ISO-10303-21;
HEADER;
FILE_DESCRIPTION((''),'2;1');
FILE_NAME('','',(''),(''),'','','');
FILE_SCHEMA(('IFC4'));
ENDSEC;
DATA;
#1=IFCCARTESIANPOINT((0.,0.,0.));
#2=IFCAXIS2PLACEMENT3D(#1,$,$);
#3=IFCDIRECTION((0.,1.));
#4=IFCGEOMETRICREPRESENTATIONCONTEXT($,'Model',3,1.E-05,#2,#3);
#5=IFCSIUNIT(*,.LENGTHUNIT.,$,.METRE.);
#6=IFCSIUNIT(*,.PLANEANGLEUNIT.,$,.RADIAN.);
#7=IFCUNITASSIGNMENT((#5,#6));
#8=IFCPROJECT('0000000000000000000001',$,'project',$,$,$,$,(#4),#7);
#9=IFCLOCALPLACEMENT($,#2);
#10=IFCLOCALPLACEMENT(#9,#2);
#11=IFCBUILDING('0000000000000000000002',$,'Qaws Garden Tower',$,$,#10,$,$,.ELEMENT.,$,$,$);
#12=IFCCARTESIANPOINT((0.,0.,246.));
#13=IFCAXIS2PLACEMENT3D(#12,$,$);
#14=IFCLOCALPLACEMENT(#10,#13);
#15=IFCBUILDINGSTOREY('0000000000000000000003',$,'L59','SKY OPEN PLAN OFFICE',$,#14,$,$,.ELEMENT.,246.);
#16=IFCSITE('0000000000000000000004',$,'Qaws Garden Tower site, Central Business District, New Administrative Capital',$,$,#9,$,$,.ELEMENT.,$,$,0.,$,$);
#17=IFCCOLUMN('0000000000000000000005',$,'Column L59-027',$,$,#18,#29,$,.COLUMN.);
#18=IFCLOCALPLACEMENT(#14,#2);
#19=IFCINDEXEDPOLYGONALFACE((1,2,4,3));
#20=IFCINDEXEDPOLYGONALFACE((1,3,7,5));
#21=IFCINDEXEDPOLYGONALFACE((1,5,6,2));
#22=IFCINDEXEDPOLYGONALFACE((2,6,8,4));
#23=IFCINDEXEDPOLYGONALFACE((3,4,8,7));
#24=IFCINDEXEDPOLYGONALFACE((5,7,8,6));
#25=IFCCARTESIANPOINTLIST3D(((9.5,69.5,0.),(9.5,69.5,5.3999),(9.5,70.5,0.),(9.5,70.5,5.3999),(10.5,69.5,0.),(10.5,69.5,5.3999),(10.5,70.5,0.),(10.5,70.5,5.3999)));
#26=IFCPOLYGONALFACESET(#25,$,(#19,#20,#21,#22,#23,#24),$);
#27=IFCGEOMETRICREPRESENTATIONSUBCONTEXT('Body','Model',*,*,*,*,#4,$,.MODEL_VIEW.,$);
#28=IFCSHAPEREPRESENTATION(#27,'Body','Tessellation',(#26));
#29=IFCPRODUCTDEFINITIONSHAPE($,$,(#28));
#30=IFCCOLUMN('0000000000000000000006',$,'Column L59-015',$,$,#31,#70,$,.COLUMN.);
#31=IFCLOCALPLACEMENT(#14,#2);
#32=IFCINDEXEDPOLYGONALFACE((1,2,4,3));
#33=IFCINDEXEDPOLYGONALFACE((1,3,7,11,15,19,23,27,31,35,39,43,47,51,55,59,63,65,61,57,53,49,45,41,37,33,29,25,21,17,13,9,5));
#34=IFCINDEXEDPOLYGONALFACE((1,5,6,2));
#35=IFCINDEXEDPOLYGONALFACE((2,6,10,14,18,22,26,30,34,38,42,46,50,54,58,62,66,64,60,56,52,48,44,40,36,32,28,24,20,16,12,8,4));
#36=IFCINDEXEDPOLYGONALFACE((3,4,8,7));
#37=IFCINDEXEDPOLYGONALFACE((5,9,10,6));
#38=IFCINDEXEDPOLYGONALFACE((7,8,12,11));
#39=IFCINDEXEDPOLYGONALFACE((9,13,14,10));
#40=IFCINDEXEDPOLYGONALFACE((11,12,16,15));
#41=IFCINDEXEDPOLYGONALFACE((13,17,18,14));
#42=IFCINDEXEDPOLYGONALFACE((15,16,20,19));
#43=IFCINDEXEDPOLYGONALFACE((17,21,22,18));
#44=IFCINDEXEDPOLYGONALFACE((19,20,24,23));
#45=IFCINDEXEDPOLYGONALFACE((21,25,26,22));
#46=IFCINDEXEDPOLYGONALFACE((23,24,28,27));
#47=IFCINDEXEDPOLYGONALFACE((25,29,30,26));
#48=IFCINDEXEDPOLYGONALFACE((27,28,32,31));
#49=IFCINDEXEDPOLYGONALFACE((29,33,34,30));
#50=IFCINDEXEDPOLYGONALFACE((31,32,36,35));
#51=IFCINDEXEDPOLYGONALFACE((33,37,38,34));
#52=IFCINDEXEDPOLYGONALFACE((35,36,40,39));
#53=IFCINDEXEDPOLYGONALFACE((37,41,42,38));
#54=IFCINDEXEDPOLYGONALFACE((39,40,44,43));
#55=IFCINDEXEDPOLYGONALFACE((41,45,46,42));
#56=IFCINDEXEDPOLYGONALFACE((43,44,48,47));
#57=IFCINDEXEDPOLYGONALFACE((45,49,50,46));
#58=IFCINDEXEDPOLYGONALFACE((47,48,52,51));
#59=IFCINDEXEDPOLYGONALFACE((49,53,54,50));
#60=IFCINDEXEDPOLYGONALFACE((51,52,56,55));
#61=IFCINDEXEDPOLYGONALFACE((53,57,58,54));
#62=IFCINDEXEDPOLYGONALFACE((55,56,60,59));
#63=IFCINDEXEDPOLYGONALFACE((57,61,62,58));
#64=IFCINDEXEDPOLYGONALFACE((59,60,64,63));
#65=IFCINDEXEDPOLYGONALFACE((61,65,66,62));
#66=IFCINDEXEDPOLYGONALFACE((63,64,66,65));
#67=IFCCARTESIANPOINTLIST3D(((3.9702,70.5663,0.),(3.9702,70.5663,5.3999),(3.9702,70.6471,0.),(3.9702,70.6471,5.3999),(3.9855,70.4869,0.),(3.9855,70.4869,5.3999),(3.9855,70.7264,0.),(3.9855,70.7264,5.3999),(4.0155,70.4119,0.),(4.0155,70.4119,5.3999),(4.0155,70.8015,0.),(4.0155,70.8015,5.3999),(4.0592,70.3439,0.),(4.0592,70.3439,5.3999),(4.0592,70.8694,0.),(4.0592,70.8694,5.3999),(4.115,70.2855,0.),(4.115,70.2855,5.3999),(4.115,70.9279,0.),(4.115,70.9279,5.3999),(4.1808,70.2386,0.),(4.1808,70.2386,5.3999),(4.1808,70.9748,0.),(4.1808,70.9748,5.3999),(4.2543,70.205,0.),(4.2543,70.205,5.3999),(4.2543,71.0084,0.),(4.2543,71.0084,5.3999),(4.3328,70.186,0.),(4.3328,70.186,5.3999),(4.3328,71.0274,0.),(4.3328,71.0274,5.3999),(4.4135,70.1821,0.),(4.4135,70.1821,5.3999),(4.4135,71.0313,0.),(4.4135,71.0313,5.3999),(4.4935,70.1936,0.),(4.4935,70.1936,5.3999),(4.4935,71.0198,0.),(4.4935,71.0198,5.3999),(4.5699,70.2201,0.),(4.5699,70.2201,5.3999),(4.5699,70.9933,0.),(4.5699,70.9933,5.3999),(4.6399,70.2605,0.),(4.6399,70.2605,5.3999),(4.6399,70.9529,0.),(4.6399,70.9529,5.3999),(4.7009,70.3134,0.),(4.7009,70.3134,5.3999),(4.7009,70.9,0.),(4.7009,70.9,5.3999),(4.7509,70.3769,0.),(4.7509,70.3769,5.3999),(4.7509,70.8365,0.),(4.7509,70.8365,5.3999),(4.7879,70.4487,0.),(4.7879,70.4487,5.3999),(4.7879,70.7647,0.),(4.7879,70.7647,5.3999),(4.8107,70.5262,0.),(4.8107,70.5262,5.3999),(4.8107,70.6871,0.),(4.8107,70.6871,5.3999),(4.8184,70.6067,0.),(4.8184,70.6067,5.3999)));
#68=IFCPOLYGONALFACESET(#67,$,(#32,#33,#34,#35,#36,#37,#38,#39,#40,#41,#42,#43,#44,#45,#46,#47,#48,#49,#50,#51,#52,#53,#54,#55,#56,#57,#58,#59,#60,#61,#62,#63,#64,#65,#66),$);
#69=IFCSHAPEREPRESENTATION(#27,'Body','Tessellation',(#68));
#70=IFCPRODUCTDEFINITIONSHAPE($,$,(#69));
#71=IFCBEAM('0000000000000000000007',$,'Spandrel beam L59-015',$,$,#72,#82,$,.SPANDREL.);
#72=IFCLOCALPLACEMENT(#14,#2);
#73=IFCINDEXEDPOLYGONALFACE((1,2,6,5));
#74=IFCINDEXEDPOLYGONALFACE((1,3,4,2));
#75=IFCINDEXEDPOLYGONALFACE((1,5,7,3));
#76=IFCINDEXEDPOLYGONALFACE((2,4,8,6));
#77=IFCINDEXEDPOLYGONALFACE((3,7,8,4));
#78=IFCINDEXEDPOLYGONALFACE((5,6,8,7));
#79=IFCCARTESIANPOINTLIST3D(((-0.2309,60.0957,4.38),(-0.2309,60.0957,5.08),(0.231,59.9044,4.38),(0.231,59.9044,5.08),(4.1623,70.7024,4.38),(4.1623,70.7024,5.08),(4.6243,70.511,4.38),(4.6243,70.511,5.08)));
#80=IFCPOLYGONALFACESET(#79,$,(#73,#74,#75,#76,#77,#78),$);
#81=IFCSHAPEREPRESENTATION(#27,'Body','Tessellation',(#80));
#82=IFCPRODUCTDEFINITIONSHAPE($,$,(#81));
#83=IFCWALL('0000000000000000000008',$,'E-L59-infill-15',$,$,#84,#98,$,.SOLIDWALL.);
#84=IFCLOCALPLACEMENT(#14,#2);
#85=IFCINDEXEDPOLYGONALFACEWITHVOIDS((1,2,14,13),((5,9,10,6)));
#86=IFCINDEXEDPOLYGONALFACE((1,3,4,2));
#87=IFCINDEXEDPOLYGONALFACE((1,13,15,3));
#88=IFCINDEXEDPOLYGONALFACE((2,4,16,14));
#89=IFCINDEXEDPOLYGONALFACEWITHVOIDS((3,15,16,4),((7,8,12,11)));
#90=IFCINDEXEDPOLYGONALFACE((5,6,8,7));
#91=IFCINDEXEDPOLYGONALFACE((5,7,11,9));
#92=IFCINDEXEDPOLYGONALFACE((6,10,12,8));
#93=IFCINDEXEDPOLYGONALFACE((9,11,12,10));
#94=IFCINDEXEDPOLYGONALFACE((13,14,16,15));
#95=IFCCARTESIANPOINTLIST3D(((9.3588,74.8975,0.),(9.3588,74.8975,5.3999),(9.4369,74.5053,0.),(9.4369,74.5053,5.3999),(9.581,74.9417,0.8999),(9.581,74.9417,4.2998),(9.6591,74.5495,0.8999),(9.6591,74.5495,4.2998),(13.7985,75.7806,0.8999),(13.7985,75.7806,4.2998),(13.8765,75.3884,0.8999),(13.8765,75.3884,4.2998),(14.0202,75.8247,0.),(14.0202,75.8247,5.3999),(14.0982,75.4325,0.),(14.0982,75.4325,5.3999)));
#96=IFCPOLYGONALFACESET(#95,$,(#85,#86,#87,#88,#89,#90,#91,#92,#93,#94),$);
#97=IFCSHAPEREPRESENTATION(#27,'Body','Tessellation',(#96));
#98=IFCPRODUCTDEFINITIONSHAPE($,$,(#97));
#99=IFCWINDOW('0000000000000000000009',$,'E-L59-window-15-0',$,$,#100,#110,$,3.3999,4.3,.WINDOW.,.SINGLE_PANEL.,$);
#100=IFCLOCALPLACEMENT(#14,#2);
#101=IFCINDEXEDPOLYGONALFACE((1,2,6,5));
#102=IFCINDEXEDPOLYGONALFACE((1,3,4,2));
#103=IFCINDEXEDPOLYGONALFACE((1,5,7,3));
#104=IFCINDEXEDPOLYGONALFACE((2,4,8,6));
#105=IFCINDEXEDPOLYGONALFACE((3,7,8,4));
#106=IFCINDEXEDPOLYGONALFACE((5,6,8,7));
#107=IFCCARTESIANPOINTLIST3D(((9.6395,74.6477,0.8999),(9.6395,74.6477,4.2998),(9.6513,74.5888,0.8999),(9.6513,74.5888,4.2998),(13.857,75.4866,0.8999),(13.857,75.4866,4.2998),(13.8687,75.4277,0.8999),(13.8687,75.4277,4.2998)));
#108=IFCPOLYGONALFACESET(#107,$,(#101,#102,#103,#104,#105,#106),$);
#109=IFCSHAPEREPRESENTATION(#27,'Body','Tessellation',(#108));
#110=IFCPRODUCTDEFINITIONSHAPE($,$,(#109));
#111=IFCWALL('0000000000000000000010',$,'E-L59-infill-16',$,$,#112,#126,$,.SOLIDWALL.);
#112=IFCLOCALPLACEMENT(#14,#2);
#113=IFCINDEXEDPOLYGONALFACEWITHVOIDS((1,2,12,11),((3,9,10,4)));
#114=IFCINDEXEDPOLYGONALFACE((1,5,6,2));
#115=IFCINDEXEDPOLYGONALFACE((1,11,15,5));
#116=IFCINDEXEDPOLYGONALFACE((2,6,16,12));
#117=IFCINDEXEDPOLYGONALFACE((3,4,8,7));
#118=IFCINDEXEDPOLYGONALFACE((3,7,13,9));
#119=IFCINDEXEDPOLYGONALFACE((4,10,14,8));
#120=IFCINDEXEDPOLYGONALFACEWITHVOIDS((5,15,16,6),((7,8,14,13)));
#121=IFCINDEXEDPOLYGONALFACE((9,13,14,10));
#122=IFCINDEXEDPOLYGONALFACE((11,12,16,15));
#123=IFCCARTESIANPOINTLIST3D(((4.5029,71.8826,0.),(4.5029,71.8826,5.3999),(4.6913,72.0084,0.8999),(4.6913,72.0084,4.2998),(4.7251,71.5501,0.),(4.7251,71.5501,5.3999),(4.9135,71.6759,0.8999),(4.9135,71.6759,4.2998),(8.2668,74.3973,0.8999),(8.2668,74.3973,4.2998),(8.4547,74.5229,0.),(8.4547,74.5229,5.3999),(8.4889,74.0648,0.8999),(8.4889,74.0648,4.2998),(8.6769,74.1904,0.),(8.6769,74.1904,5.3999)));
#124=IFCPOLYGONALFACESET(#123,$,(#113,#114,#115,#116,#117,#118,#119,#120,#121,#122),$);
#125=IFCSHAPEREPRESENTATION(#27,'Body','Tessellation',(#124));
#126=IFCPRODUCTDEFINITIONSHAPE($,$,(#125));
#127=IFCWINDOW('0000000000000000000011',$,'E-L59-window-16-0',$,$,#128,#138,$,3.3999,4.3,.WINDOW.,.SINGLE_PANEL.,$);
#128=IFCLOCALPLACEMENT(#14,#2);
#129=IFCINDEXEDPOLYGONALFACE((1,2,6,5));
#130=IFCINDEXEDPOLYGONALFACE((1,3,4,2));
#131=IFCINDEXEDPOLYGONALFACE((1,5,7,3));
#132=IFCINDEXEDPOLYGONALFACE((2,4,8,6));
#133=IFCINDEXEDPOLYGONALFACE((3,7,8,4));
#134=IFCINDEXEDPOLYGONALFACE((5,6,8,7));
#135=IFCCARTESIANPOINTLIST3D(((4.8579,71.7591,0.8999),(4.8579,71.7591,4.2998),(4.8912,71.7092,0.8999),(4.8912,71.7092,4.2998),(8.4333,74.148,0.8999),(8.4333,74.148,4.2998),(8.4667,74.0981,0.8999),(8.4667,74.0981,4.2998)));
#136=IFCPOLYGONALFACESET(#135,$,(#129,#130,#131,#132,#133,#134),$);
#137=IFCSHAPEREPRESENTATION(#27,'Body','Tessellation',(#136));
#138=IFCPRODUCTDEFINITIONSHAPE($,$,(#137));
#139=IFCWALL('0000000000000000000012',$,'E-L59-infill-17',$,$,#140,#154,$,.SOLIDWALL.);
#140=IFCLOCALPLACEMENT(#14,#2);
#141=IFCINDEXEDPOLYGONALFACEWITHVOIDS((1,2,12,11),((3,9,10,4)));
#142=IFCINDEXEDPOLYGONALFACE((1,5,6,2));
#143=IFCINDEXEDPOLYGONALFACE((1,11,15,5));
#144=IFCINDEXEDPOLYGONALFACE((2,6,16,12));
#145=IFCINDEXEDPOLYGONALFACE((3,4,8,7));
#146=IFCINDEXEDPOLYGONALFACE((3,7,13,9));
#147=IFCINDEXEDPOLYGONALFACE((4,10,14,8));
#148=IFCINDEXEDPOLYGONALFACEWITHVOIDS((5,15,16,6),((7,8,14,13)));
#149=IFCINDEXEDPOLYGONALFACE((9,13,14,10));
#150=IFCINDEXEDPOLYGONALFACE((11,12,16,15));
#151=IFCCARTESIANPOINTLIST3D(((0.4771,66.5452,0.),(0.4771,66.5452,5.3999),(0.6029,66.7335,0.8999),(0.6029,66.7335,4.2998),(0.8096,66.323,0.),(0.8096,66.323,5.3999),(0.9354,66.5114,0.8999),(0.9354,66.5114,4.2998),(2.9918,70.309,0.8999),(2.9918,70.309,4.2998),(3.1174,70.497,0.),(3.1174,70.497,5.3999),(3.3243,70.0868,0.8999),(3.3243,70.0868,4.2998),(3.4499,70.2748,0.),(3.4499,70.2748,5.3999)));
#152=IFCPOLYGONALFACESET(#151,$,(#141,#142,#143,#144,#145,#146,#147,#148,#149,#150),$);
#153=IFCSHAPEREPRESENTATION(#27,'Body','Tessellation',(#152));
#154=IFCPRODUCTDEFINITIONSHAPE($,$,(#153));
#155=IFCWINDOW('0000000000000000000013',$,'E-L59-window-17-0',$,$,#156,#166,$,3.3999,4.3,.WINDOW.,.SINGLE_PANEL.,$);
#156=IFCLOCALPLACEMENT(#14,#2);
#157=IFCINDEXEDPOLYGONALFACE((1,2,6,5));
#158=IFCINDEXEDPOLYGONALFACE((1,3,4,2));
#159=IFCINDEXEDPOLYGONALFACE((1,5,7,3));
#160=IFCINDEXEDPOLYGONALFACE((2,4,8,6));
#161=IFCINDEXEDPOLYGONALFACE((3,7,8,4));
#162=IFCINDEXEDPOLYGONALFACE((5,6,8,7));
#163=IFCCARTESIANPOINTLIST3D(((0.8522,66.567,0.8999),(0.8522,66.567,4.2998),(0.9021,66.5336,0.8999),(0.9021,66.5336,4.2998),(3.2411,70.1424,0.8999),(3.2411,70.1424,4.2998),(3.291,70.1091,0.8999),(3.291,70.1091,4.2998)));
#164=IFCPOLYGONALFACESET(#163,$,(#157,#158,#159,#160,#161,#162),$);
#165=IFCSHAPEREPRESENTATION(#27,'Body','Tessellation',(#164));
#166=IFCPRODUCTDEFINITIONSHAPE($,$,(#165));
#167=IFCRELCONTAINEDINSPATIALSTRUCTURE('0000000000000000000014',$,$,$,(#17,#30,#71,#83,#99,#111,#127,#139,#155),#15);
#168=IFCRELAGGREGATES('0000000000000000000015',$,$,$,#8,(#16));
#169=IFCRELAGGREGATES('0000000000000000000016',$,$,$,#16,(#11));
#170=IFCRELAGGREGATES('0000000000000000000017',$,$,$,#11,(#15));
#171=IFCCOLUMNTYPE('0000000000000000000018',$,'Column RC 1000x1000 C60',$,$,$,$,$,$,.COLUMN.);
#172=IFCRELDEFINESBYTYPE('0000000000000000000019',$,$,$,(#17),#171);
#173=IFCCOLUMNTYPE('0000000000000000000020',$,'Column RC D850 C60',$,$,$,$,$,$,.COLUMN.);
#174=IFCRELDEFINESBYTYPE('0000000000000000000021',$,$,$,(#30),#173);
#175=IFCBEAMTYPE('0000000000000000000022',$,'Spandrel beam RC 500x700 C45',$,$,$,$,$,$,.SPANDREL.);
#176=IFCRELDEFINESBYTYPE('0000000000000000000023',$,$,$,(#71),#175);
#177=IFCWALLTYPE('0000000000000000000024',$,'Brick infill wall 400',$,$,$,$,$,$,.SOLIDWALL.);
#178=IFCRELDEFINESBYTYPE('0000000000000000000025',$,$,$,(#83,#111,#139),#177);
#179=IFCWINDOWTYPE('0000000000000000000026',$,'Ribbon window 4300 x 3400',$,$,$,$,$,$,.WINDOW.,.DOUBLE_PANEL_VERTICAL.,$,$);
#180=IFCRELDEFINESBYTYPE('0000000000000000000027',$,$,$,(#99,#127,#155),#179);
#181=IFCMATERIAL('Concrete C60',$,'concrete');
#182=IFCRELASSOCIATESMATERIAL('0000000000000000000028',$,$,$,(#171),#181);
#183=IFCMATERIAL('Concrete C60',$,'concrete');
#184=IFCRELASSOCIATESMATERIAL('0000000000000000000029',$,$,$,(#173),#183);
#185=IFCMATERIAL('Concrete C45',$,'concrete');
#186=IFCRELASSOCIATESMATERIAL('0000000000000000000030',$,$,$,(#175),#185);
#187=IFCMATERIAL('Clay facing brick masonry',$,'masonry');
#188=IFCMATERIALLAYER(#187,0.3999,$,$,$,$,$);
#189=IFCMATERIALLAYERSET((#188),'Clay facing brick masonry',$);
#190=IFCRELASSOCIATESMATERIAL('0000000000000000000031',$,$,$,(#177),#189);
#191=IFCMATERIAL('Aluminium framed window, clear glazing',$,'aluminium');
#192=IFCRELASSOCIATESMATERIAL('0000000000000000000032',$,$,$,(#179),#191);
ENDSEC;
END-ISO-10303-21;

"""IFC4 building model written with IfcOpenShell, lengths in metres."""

from ifc_helpers import new_model, si_unit, direction, frame, frame_2d, origin, origin_2d, place, context, subcontext, project, spatial, rectangle, circle, extrude, material, layer, layer_set, material_profile, profile_set, type_object, element, fill, save


model = new_model("IFC4")

# Units and contexts
model_context = context("Model", 3, precision=1e-05, world=origin(), true_north=direction((0.0, 1.0)))
body_context = subcontext(model_context, "Body", "Model", "MODEL_VIEW")
ifc_project = project(units=[si_unit("LENGTHUNIT", "METRE"), si_unit("PLANEANGLEUNIT", "RADIAN")], contexts=[model_context])

# Site, building, storey
site_placement = place(None, origin())
site = spatial("IfcSite", under=ifc_project, at=site_placement, Name="Qaws Garden Tower site, Central Business District, New Administrative Capital", CompositionType="ELEMENT", RefElevation=0.0)
building_placement = place(site_placement, origin())
building = spatial("IfcBuilding", under=site, at=building_placement, Name="Qaws Garden Tower", CompositionType="ELEMENT")
storey_placement = place(building_placement, frame((0.0, 0.0, 246.0)))
storey = spatial("IfcBuildingStorey", under=building, at=storey_placement, Name="L59", Description="SKY OPEN PLAN OFFICE", CompositionType="ELEMENT", Elevation=246.0)

# Columns
ifc_material_1 = material(Name="Concrete C60", Category="concrete")
ifc_material_profile_1 = material_profile(ifc_material_1, rectangle(XDim=1.0, YDim=1.0, at=origin_2d()), Name="RC 1000x1000")
ifc_profile_set_1 = profile_set([ifc_material_profile_1], Name="Concrete C60")
column_type_1 = type_object("IfcColumnType", Name="Column RC 1000x1000 C60", PredefinedType="COLUMN", material=ifc_profile_set_1)
column_1_placement = place(storey_placement, frame((10.0, 70.0, 0.0), z_axis=(0.0, 0.0, 1.0), x_axis=(1.0, 0.0, 0.0)))
element("IfcColumn", 1, at=column_1_placement, inside=storey, type_object=column_type_1, Name="Column L59-027", PredefinedType="COLUMN", context=body_context, shape_type="SweptSolid", body=[
    extrude(rectangle(XDim=1.0, YDim=1.0, at=origin_2d()), origin(), (0.0, 0.0, 1.0), 5.3999),
])
ifc_material_2 = material(Name="Concrete C60", Category="concrete")
ifc_material_profile_2 = material_profile(ifc_material_2, circle(Radius=0.425, at=origin_2d()), Name="RC D850")
ifc_profile_set_2 = profile_set([ifc_material_profile_2], Name="Concrete C60")
column_type_2 = type_object("IfcColumnType", Name="Column RC D850 C60", PredefinedType="COLUMN", material=ifc_profile_set_2)
column_2_placement = place(storey_placement, frame((4.3933, 70.6067, 0.0), z_axis=(0.0, 0.0, 1.0), x_axis=(1.0, 0.0, 0.0)))
element("IfcColumn", 2, at=column_2_placement, inside=storey, type_object=column_type_2, Name="Column L59-015", PredefinedType="COLUMN", context=body_context, shape_type="SweptSolid", body=[
    extrude(circle(Radius=0.425, at=origin_2d()), origin(), (0.0, 0.0, 1.0), 5.3999),
])

# Beam
ifc_material_3 = material(Name="Concrete C45", Category="concrete")
ifc_material_profile_3 = material_profile(ifc_material_3, rectangle(XDim=0.5, YDim=0.7, at=origin_2d()), Name="RC 500x700")
ifc_profile_set_3 = profile_set([ifc_material_profile_3], Name="Concrete C45")
beam_type = type_object("IfcBeamType", Name="Spandrel beam RC 500x700 C45", PredefinedType="SPANDREL", material=ifc_profile_set_3)
beam_placement = place(storey_placement, frame((4.3933, 70.6067, 4.73), z_axis=(-0.382674, -0.923883, 0.0), x_axis=(0.923883, -0.382674, 0.0)))
element("IfcBeam", 3, at=beam_placement, inside=storey, type_object=beam_type, Name="Spandrel beam L59-015", PredefinedType="SPANDREL", context=body_context, shape_type="SweptSolid", body=[
    extrude(rectangle(XDim=0.5, YDim=0.7, at=origin_2d()), origin(), (0.0, 0.0, 1.0), 11.4805),
])

# Walls, openings, windows
ifc_material_4 = material(Name="Clay facing brick masonry", Category="masonry")
ifc_layer_1 = layer(ifc_material_4, 0.3999)
ifc_layer_set_1 = layer_set([ifc_layer_1], Name="Clay facing brick masonry")
wall_type_1 = type_object("IfcWallType", Name="Brick infill wall 400", PredefinedType="SOLIDWALL", material=ifc_layer_set_1)
wall_1_placement = place(storey_placement, frame((14.0593, 75.6287, 0.0), z_axis=(0.0, 0.0, 1.0), x_axis=(-0.980784, -0.195099, 0.0)))
wall_1 = element("IfcWall", 4, at=wall_1_placement, inside=storey, type_object=wall_type_1, Name="E-L59-infill-15", PredefinedType="SOLIDWALL", context=body_context, shape_type="SweptSolid", body=[
    extrude(rectangle(XDim=4.7527, YDim=0.3999, at=frame_2d((2.3765, 0.0))), origin(), (0.0, 0.0, 1.0), 5.3999),
])
opening_1_placement = place(wall_1_placement, frame((0.2263, 0.0, 0.8999)))
opening_1 = element("IfcOpeningElement", 5, at=opening_1_placement, cuts=wall_1, PredefinedType="OPENING", context=body_context, shape_type="SweptSolid", body=[
    extrude(rectangle(XDim=4.3, YDim=3.3999, at=frame_2d((2.1499, 1.7))), frame((0.0, 0.21, 0.0), z_axis=(0.0, -1.0, 0.0), x_axis=(1.0, 0.0, 0.0)), (0.0, 0.0, 1.0), 0.4199),
])
ifc_material_5 = material(Name="Aluminium framed window, clear glazing", Category="aluminium")
window_type = type_object("IfcWindowType", Name="Ribbon window 4300 x 3400", PartitioningType="DOUBLE_PANEL_VERTICAL", PredefinedType="WINDOW", material=ifc_material_5)
window_1_placement = place(opening_1_placement, origin())
window_1 = element("IfcWindow", 6, at=window_1_placement, inside=storey, type_object=window_type, Name="E-L59-window-15-0", OverallHeight=3.3999, OverallWidth=4.3, PartitioningType="SINGLE_PANEL", PredefinedType="WINDOW", context=body_context, shape_type="SweptSolid", body=[
    extrude(rectangle(XDim=4.3, YDim=3.3999, at=frame_2d((2.1499, 1.7))), frame((0.0, 0.1599, 0.0), z_axis=(0.0, -1.0, 0.0), x_axis=(1.0, 0.0, 0.0)), (0.0, 0.0, 1.0), 0.0601),
])
fill(opening_1, window_1)
wall_2_placement = place(storey_placement, frame((8.5659, 74.3567, 0.0), z_axis=(0.0, 0.0, 1.0), x_axis=(-0.831489, -0.555542, 0.0)))
wall_2 = element("IfcWall", 7, at=wall_2_placement, inside=storey, type_object=wall_type_1, Name="E-L59-infill-16", PredefinedType="SOLIDWALL", context=body_context, shape_type="SweptSolid", body=[
    extrude(rectangle(XDim=4.7527, YDim=0.3999, at=frame_2d((2.3765, 0.0))), origin(), (0.0, 0.0, 1.0), 5.3999),
])
opening_2_placement = place(wall_2_placement, frame((0.2263, 0.0, 0.8999)))
opening_2 = element("IfcOpeningElement", 8, at=opening_2_placement, cuts=wall_2, PredefinedType="OPENING", context=body_context, shape_type="SweptSolid", body=[
    extrude(rectangle(XDim=4.3, YDim=3.3999, at=frame_2d((2.1499, 1.7))), frame((0.0, 0.21, 0.0), z_axis=(0.0, -1.0, 0.0), x_axis=(1.0, 0.0, 0.0)), (0.0, 0.0, 1.0), 0.4199),
])
window_2_placement = place(opening_2_placement, origin())
window_2 = element("IfcWindow", 9, at=window_2_placement, inside=storey, type_object=window_type, Name="E-L59-window-16-0", OverallHeight=3.3999, OverallWidth=4.3, PartitioningType="SINGLE_PANEL", PredefinedType="WINDOW", context=body_context, shape_type="SweptSolid", body=[
    extrude(rectangle(XDim=4.3, YDim=3.3999, at=frame_2d((2.1499, 1.7))), frame((0.0, 0.1599, 0.0), z_axis=(0.0, -1.0, 0.0), x_axis=(1.0, 0.0, 0.0)), (0.0, 0.0, 1.0), 0.0601),
])
fill(opening_2, window_2)
wall_3_placement = place(storey_placement, frame((3.2837, 70.386, 0.0), z_axis=(0.0, 0.0, 1.0), x_axis=(-0.555542, -0.831489, 0.0)))
wall_3 = element("IfcWall", 10, at=wall_3_placement, inside=storey, type_object=wall_type_1, Name="E-L59-infill-17", PredefinedType="SOLIDWALL", context=body_context, shape_type="SweptSolid", body=[
    extrude(rectangle(XDim=4.7527, YDim=0.3999, at=frame_2d((2.3765, 0.0))), origin(), (0.0, 0.0, 1.0), 5.3999),
])
opening_3_placement = place(wall_3_placement, frame((0.2263, 0.0, 0.8999)))
opening_3 = element("IfcOpeningElement", 11, at=opening_3_placement, cuts=wall_3, PredefinedType="OPENING", context=body_context, shape_type="SweptSolid", body=[
    extrude(rectangle(XDim=4.3, YDim=3.3999, at=frame_2d((2.1499, 1.7))), frame((0.0, 0.21, 0.0), z_axis=(0.0, -1.0, 0.0), x_axis=(1.0, 0.0, 0.0)), (0.0, 0.0, 1.0), 0.4199),
])
window_3_placement = place(opening_3_placement, origin())
window_3 = element("IfcWindow", 12, at=window_3_placement, inside=storey, type_object=window_type, Name="E-L59-window-17-0", OverallHeight=3.3999, OverallWidth=4.3, PartitioningType="SINGLE_PANEL", PredefinedType="WINDOW", context=body_context, shape_type="SweptSolid", body=[
    extrude(rectangle(XDim=4.3, YDim=3.3999, at=frame_2d((2.1499, 1.7))), frame((0.0, 0.1599, 0.0), z_axis=(0.0, -1.0, 0.0), x_axis=(1.0, 0.0, 0.0)), (0.0, 0.0, 1.0), 0.0601),
])
fill(opening_3, window_3)

save(model, "model.ifc")
